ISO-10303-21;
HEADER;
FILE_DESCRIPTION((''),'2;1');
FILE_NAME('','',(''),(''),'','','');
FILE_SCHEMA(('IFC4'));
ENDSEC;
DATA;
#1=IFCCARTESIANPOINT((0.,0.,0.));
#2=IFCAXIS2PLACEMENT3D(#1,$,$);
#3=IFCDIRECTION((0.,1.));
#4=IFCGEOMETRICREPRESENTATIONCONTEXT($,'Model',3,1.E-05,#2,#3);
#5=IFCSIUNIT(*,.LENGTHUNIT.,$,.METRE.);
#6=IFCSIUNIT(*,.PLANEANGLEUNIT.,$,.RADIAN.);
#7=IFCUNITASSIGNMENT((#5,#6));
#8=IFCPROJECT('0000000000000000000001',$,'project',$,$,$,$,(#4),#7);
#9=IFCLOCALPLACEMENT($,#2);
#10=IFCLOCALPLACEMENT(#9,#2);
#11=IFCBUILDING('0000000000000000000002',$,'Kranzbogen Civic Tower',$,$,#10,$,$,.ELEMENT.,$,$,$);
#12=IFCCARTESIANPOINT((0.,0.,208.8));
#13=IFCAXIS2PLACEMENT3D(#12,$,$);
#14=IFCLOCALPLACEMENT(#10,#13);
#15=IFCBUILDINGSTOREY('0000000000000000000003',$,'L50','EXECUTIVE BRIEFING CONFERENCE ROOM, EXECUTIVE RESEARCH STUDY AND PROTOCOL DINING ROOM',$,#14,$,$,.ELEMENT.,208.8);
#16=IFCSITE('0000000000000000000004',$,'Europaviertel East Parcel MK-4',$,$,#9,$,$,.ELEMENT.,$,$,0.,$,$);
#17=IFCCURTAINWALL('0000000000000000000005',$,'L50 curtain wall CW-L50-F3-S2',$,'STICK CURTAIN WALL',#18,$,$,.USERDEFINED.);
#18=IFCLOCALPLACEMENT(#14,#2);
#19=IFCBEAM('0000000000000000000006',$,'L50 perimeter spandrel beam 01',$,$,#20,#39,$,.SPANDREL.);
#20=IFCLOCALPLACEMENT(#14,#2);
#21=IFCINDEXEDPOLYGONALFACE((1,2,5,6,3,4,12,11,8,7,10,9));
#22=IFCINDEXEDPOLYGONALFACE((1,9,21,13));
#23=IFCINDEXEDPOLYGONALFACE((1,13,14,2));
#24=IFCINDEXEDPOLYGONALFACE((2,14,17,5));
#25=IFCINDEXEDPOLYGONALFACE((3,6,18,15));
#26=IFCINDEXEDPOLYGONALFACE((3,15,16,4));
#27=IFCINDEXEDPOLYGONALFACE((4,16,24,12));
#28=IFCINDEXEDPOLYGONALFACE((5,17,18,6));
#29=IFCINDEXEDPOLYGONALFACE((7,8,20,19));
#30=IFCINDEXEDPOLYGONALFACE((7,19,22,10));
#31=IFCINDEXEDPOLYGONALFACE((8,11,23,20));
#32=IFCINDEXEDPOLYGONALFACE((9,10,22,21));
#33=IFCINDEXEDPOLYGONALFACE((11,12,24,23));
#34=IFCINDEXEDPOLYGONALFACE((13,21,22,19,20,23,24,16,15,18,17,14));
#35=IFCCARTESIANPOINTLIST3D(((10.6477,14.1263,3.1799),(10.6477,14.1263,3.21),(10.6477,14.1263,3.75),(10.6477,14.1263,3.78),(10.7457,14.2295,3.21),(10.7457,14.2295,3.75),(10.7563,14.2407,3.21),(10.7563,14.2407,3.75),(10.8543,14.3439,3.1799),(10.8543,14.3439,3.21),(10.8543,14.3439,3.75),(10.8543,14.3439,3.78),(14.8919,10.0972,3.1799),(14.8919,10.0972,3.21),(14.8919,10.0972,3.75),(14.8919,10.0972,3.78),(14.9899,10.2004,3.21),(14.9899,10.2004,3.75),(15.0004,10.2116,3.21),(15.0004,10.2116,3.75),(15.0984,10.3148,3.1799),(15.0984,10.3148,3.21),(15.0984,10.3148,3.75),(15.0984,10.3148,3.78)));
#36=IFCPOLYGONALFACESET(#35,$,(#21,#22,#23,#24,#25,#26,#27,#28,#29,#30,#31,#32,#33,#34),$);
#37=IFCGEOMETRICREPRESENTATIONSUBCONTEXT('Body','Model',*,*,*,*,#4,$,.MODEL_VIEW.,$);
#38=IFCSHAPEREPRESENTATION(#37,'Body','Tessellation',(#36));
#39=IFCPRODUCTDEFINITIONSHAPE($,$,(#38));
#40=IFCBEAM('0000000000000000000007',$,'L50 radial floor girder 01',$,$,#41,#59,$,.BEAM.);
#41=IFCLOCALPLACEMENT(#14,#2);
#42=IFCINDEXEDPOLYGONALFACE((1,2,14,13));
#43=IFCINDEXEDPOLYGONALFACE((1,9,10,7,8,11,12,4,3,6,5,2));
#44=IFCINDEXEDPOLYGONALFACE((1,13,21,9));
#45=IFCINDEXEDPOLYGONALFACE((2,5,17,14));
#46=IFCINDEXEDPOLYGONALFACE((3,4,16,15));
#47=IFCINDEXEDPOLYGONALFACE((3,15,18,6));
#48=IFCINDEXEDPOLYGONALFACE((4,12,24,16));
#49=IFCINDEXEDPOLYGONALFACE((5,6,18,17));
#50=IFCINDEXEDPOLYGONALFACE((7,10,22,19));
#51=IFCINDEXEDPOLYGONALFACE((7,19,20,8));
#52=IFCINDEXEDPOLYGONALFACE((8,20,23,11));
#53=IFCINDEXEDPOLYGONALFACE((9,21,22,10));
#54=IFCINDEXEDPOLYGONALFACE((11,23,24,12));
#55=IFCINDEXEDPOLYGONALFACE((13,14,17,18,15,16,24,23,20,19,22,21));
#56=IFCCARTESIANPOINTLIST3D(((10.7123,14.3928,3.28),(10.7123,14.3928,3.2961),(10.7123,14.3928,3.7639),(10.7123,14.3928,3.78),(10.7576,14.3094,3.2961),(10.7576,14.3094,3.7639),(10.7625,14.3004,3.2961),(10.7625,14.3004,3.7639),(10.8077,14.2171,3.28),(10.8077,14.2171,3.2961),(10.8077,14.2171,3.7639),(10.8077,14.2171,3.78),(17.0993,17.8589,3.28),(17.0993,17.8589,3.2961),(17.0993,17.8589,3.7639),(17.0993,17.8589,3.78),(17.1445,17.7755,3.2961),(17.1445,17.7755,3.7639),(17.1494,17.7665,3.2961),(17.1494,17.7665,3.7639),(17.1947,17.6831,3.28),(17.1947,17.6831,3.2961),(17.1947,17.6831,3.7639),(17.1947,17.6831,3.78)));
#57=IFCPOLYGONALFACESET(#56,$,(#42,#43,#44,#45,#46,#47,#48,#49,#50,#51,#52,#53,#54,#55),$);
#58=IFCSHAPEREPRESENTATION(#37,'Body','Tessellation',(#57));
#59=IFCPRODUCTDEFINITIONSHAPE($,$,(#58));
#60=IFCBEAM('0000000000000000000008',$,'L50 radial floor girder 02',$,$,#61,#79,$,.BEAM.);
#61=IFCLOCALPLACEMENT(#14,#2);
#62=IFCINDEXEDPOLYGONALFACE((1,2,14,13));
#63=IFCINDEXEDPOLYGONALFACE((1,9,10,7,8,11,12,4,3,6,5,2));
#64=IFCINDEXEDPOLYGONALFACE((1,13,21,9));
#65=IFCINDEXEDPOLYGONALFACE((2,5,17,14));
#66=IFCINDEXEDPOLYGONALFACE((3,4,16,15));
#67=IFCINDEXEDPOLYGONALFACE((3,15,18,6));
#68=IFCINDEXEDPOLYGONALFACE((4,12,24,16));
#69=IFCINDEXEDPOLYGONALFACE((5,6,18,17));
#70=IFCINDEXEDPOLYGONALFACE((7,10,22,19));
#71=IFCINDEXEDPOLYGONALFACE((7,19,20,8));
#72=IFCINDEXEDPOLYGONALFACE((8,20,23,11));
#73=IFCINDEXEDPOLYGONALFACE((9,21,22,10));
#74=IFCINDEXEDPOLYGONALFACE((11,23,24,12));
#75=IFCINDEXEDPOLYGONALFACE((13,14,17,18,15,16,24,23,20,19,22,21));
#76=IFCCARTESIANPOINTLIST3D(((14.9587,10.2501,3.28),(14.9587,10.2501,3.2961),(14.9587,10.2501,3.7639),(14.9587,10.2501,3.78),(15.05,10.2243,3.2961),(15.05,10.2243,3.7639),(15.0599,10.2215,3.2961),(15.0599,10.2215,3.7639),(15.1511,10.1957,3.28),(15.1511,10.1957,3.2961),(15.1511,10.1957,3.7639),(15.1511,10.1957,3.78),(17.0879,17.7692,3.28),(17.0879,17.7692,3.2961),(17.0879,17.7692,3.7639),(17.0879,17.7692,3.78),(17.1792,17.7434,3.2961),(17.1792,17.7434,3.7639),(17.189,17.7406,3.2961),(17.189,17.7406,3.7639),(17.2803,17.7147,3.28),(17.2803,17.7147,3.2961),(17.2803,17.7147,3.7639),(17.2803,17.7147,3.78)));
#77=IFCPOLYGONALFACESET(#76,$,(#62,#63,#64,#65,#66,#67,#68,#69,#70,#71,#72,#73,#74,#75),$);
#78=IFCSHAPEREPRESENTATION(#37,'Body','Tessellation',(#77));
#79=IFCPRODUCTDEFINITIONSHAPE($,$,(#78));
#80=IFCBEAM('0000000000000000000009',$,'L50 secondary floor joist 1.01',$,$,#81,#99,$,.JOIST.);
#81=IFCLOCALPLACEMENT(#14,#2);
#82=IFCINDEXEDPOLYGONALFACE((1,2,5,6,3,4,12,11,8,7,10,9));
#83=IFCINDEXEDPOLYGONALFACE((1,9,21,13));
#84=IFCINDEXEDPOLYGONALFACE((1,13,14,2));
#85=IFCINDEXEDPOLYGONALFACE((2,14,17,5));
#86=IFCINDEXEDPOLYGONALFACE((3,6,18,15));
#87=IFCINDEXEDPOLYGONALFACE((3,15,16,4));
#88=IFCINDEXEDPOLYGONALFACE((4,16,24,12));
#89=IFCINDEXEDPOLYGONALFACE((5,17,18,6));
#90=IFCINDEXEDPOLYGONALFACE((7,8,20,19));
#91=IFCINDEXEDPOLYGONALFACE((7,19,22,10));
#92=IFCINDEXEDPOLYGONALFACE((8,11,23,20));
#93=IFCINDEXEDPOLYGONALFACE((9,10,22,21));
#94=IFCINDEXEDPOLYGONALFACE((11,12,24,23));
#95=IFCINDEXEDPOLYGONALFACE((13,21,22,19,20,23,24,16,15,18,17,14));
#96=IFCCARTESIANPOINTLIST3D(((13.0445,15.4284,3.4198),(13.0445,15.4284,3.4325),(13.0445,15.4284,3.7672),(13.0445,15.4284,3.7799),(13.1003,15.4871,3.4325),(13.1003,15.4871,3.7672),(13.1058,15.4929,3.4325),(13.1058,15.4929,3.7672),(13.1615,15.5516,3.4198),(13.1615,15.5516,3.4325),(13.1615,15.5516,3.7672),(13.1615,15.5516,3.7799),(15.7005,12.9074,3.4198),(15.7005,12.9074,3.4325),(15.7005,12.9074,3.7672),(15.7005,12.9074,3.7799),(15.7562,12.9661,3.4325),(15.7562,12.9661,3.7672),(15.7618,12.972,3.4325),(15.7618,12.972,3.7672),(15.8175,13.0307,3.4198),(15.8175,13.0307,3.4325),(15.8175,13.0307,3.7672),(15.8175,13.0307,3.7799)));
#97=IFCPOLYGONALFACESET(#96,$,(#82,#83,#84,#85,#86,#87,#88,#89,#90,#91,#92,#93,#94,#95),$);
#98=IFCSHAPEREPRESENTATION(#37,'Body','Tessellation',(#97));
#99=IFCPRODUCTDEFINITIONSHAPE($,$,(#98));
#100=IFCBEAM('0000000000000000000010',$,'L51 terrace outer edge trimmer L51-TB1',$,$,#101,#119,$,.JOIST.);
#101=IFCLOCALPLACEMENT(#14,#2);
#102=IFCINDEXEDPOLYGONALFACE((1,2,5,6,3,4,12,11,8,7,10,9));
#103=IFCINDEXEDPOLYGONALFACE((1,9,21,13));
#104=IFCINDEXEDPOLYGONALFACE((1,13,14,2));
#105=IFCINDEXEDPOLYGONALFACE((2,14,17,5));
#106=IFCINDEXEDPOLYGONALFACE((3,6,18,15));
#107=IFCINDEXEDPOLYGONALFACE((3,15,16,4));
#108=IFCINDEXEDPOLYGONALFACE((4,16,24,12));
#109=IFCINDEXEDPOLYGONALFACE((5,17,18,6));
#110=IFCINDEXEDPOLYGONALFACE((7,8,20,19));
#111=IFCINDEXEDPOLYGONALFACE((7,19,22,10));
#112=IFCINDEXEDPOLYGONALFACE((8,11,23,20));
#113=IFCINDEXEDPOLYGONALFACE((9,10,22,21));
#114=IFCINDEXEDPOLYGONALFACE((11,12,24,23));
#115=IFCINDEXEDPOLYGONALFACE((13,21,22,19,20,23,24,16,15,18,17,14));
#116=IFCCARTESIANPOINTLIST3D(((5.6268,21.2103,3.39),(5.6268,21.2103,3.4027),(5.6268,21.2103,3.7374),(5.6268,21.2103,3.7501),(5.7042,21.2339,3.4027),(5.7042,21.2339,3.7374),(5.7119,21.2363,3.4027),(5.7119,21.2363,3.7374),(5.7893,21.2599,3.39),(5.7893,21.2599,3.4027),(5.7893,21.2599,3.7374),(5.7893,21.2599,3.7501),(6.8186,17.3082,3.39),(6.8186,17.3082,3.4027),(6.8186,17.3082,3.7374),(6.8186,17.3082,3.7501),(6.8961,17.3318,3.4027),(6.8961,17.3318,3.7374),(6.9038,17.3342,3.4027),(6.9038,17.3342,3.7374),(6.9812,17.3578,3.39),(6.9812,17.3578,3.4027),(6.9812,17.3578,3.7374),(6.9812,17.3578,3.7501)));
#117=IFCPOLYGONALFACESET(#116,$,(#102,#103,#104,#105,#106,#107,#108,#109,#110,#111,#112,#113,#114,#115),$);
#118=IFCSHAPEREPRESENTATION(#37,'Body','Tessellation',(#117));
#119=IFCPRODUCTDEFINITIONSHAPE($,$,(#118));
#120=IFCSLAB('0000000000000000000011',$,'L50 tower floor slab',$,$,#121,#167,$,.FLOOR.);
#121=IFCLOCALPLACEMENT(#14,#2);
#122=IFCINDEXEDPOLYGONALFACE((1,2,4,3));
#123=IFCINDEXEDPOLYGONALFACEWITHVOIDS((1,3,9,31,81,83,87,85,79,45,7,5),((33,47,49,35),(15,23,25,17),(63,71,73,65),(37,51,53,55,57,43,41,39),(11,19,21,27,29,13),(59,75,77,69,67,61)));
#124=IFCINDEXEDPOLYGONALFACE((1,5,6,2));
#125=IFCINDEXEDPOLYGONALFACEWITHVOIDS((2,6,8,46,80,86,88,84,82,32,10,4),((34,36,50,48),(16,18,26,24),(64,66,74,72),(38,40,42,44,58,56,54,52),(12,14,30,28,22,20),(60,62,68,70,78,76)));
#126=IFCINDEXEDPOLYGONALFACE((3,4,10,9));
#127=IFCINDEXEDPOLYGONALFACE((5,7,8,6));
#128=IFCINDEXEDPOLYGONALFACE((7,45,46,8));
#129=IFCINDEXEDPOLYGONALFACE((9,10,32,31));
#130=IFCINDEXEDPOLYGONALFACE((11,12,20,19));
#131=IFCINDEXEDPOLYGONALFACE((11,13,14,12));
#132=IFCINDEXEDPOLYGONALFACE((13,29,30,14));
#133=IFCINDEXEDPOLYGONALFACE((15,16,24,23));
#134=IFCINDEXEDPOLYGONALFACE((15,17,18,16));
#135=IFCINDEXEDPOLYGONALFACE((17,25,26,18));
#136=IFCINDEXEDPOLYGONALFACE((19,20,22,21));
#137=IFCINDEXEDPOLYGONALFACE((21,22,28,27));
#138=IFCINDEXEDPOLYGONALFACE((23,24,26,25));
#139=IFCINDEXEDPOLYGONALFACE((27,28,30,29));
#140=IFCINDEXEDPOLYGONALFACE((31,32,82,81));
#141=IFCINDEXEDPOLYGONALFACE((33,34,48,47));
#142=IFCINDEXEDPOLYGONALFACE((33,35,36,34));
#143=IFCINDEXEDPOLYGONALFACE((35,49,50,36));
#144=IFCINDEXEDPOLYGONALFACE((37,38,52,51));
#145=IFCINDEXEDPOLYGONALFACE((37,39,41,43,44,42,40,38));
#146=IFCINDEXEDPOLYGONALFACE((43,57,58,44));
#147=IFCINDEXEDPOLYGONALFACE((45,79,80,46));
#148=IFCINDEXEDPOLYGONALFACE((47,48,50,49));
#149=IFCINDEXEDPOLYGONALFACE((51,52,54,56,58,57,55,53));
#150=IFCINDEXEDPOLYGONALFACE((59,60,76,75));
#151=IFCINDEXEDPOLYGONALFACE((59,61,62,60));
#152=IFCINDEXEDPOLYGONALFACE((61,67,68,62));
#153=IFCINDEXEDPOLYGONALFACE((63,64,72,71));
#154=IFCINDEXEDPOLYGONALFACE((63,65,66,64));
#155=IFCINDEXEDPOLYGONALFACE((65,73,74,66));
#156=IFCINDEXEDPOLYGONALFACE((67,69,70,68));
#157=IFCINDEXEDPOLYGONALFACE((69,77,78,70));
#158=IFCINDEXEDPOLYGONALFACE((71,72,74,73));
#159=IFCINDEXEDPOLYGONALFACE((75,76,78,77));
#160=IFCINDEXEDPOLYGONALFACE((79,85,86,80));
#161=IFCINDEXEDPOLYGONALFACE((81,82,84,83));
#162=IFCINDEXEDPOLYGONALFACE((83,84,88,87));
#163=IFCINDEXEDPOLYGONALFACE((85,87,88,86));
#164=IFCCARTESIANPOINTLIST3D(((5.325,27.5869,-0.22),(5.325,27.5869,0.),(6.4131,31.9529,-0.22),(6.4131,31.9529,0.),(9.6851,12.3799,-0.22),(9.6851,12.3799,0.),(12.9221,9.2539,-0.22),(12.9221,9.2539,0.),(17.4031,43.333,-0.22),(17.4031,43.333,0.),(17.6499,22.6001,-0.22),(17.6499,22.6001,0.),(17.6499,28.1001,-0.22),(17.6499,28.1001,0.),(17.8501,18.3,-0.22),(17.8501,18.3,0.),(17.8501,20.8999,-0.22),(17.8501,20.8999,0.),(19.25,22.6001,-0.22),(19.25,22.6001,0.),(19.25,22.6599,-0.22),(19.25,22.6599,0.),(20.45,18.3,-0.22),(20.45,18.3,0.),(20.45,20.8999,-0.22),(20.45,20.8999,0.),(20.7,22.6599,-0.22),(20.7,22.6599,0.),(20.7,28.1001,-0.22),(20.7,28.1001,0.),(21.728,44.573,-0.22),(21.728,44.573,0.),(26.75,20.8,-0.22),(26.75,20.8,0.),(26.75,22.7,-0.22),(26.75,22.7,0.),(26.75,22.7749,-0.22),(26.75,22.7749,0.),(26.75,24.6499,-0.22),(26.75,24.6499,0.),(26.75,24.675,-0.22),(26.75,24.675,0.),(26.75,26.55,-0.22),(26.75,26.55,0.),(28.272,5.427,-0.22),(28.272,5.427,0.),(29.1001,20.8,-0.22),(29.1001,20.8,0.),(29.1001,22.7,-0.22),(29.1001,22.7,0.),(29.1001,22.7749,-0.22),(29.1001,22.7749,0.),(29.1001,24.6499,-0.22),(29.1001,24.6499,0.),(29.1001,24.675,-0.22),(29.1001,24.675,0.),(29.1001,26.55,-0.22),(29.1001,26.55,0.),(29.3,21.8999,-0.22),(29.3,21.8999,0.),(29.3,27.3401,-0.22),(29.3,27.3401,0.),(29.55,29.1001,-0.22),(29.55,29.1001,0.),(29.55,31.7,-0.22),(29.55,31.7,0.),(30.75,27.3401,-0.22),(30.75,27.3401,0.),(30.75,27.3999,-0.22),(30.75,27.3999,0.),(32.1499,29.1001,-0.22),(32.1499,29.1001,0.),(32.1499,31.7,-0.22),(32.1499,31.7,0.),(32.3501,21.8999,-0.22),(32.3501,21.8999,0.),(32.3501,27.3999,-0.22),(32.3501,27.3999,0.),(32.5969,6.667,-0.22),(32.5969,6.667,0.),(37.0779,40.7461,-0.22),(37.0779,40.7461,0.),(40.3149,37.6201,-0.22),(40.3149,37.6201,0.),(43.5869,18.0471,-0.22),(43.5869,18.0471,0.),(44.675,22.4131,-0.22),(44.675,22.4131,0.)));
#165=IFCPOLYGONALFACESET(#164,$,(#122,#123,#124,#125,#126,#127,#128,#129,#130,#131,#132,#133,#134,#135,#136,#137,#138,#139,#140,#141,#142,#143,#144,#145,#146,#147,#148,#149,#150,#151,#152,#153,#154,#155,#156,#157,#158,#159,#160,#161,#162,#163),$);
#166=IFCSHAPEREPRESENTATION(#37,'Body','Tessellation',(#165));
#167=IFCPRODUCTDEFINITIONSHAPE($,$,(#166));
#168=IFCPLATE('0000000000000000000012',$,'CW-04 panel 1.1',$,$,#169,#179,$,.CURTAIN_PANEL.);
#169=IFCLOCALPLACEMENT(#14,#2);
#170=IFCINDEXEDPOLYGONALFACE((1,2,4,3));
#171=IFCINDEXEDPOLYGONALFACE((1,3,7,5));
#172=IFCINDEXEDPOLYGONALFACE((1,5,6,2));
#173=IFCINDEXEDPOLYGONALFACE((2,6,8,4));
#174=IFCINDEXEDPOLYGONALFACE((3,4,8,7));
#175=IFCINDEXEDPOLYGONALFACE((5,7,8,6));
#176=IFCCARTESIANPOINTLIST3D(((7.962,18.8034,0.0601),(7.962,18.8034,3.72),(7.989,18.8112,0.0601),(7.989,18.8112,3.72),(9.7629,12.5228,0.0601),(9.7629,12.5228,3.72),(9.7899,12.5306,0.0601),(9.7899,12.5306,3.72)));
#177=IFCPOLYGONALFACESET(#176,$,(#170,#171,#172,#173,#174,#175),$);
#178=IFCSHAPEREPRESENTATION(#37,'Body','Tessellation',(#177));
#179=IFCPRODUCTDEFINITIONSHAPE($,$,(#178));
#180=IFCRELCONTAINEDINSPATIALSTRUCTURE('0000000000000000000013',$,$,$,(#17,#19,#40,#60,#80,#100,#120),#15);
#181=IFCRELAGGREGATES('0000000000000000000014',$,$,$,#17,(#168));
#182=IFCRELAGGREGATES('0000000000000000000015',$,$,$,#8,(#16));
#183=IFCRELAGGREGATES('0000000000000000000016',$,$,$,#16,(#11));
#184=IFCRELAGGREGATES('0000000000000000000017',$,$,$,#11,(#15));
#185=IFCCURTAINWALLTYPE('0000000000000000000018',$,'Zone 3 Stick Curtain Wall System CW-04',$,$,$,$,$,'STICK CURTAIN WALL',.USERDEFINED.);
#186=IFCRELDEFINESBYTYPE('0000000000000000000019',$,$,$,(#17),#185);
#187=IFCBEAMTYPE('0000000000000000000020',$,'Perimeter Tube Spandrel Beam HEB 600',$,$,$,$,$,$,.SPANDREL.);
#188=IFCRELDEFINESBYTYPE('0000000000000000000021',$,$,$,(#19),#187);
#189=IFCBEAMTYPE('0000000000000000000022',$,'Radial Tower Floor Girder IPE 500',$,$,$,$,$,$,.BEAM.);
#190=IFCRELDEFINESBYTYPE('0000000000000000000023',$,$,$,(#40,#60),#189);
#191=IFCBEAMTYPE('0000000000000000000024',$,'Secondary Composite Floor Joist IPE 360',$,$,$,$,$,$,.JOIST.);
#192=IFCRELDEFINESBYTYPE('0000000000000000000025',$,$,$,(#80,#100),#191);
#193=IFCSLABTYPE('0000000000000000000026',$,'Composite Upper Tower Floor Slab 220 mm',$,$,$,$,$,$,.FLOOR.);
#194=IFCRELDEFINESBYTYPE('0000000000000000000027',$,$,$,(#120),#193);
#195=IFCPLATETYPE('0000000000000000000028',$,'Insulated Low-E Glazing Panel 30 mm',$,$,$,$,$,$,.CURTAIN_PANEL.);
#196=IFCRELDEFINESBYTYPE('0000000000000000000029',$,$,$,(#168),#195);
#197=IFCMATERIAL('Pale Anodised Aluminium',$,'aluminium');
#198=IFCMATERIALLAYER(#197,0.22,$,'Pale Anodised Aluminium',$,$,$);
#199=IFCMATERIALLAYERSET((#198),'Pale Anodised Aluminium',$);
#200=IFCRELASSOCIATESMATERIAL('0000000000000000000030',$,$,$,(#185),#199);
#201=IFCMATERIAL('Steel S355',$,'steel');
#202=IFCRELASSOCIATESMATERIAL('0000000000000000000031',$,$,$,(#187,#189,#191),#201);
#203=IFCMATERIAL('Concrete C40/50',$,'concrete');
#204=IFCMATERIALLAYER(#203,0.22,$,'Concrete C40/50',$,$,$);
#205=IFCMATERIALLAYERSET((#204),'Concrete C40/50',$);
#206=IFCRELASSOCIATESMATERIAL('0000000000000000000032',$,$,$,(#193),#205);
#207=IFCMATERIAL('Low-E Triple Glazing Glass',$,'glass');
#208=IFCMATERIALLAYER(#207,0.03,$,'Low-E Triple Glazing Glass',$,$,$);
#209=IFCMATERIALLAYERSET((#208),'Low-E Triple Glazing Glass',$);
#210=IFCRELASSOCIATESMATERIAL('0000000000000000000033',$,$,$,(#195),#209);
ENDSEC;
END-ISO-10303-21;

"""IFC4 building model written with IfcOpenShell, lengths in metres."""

from ifc_helpers import new_model, si_unit, direction, frame, origin, origin_2d, place, context, subcontext, project, spatial, polyline, rectangle, i_section, outline, extrude, material, layer, layer_set, material_profile, profile_set, type_object, element, aggregate, save


model = new_model("IFC4")

# Units and contexts
model_context = context("Model", 3, precision=1e-05, world=origin(), true_north=direction((0.0, 1.0)))
body_context = subcontext(model_context, "Body", "Model", "MODEL_VIEW")
ifc_project = project(units=[si_unit("LENGTHUNIT", "METRE"), si_unit("PLANEANGLEUNIT", "RADIAN")], contexts=[model_context])

# Site, building, storey
site_placement = place(None, origin())
site = spatial("IfcSite", under=ifc_project, at=site_placement, Name="Europaviertel East Parcel MK-4", CompositionType="ELEMENT", RefElevation=0.0)
building_placement = place(site_placement, origin())
building = spatial("IfcBuilding", under=site, at=building_placement, Name="Kranzbogen Civic Tower", CompositionType="ELEMENT")
storey_placement = place(building_placement, frame((0.0, 0.0, 208.8)))
storey = spatial("IfcBuildingStorey", under=building, at=storey_placement, Name="L50", Description="EXECUTIVE BRIEFING CONFERENCE ROOM, EXECUTIVE RESEARCH STUDY AND PROTOCOL DINING ROOM", CompositionType="ELEMENT", Elevation=208.8)

# Shared definitions
ifc_material_1 = material(Name="Steel S355", Category="steel")

# Shared definitions
ifc_material_2 = material(Name="Pale Anodised Aluminium", Category="aluminium")
ifc_layer_1 = layer(ifc_material_2, 0.22, Name="Pale Anodised Aluminium")
ifc_layer_set_1 = layer_set([ifc_layer_1], Name="Pale Anodised Aluminium")
curtain_wall_type = type_object("IfcCurtainWallType", Name="Zone 3 Stick Curtain Wall System CW-04", ElementType="STICK CURTAIN WALL", PredefinedType="USERDEFINED", material=ifc_layer_set_1)

# Curtain wall
curtain_wall_1_placement = place(storey_placement, origin())
curtain_wall_1 = element("IfcCurtainWall", 1, at=curtain_wall_1_placement, inside=storey, type_object=curtain_wall_type, Name="L50 curtain wall CW-L50-F3-S2", ObjectType="STICK CURTAIN WALL", PredefinedType="USERDEFINED")

# Beams
ifc_material_profile_1 = material_profile(ifc_material_1, i_section(OverallWidth=0.3, OverallDepth=0.6001, WebThickness=0.0154, FlangeThickness=0.03, at=origin_2d()), Name="HEB 600")
ifc_profile_set_1 = profile_set([ifc_material_profile_1], Name="Steel S355")
beam_type_1 = type_object("IfcBeamType", Name="Perimeter Tube Spandrel Beam HEB 600", PredefinedType="SPANDREL", material=ifc_profile_set_1)
beam_1_placement = place(storey_placement, frame((10.751, 14.2351, 3.48), z_axis=(0.725245, -0.688491, 0.0), x_axis=(0.688491, 0.725245, 0.0)))
element("IfcBeam", 2, at=beam_1_placement, inside=storey, type_object=beam_type_1, Name="L50 perimeter spandrel beam 01", PredefinedType="SPANDREL", context=body_context, shape_type="SweptSolid", body=[
    extrude(i_section(OverallWidth=0.3, OverallDepth=0.6001, WebThickness=0.0154, FlangeThickness=0.03, at=origin_2d()), origin(), (0.0, 0.0, 1.0), 5.8521),
])
ifc_material_profile_2 = material_profile(ifc_material_1, i_section(OverallWidth=0.2, OverallDepth=0.5, WebThickness=0.0103, FlangeThickness=0.0161, at=origin_2d()), Name="IPE 500")
ifc_profile_set_2 = profile_set([ifc_material_profile_2], Name="Steel S355")
beam_type_2 = type_object("IfcBeamType", Name="Radial Tower Floor Girder IPE 500", PredefinedType="BEAM", material=ifc_profile_set_2)
beam_2_placement = place(storey_placement, frame((10.76, 14.3049, 3.53), z_axis=(0.878919, 0.47697, 0.0), x_axis=(-0.47697, 0.878919, 0.0)))
element("IfcBeam", 3, at=beam_2_placement, inside=storey, type_object=beam_type_2, Name="L50 radial floor girder 01", PredefinedType="BEAM", context=body_context, shape_type="SweptSolid", body=[
    extrude(i_section(OverallWidth=0.2, OverallDepth=0.5, WebThickness=0.0103, FlangeThickness=0.0161, at=origin_2d()), origin(), (0.0, 0.0, 1.0), 7.2668),
])
beam_3_placement = place(storey_placement, frame((15.0549, 10.2229, 3.53), z_axis=(0.272455, 0.962169, 0.0), x_axis=(-0.962169, 0.272455, 0.0)))
element("IfcBeam", 4, at=beam_3_placement, inside=storey, type_object=beam_type_2, Name="L50 radial floor girder 02", PredefinedType="BEAM", context=body_context, shape_type="SweptSolid", body=[
    extrude(i_section(OverallWidth=0.2, OverallDepth=0.5, WebThickness=0.0103, FlangeThickness=0.0161, at=origin_2d()), origin(), (0.0, 0.0, 1.0), 7.8147),
])
ifc_material_profile_3 = material_profile(ifc_material_1, i_section(OverallWidth=0.1699, OverallDepth=0.3601, WebThickness=0.0081, FlangeThickness=0.0127, at=origin_2d()), Name="IPE 360")
ifc_profile_set_3 = profile_set([ifc_material_profile_3], Name="Steel S355")
beam_type_3 = type_object("IfcBeamType", Name="Secondary Composite Floor Joist IPE 360", PredefinedType="JOIST", material=ifc_profile_set_3)
beam_4_placement = place(storey_placement, frame((13.103, 15.49, 3.5999), z_axis=(0.725301, -0.688432, 0.0), x_axis=(0.688432, 0.725301, 0.0)))
element("IfcBeam", 5, at=beam_4_placement, inside=storey, type_object=beam_type_3, Name="L50 secondary floor joist 1.01", PredefinedType="JOIST", context=body_context, shape_type="SweptSolid", body=[
    extrude(i_section(OverallWidth=0.1699, OverallDepth=0.3601, WebThickness=0.0081, FlangeThickness=0.0127, at=origin_2d()), origin(), (0.0, 0.0, 1.0), 3.6619),
])
beam_5_placement = place(storey_placement, frame((5.708, 21.2351, 3.5701), z_axis=(0.292126, -0.95638, 0.0), x_axis=(0.95638, 0.292126, 0.0)))
element("IfcBeam", 6, at=beam_5_placement, inside=storey, type_object=beam_type_3, Name="L51 terrace outer edge trimmer L51-TB1", PredefinedType="JOIST", context=body_context, shape_type="SweptSolid", body=[
    extrude(i_section(OverallWidth=0.1699, OverallDepth=0.3601, WebThickness=0.0081, FlangeThickness=0.0127, at=origin_2d()), origin(), (0.0, 0.0, 1.0), 4.0801),
])

# Slab
ifc_material_3 = material(Name="Concrete C40/50", Category="concrete")
ifc_layer_2 = layer(ifc_material_3, 0.22, Name="Concrete C40/50")
ifc_layer_set_2 = layer_set([ifc_layer_2], Name="Concrete C40/50")
slab_type_1 = type_object("IfcSlabType", Name="Composite Upper Tower Floor Slab 220 mm", PredefinedType="FLOOR", material=ifc_layer_set_2)
slab_1_placement = place(storey_placement, frame((0.0, 0.0, -0.22)))
element("IfcSlab", 7, at=slab_1_placement, inside=storey, type_object=slab_type_1, Name="L50 tower floor slab", PredefinedType="FLOOR", context=body_context, shape_type="SweptSolid", body=[
    extrude(outline(polyline([(37.0779, 40.7461), (21.728, 44.573), (17.4031, 43.333), (6.4131, 31.9529), (5.325, 27.5869), (9.6851, 12.3799), (12.9221, 9.2539), (28.272, 5.427), (32.5969, 6.667), (43.5869, 18.0471), (44.675, 22.4131), (40.3149, 37.6201), (37.0779, 40.7461)]), holes=[polyline([(17.8501, 20.8999), (20.45, 20.8999), (20.45, 18.3), (17.8501, 18.3), (17.8501, 20.8999)]), polyline([(29.1001, 22.7), (29.1001, 20.8), (26.75, 20.8), (26.75, 22.7), (29.1001, 22.7)]), polyline([(29.1001, 24.6499), (29.1001, 22.7749), (26.75, 22.7749), (26.75, 24.6499), (26.75, 24.675), (26.75, 26.55), (29.1001, 26.55), (29.1001, 24.675), (29.1001, 24.6499)]), polyline([(29.3, 27.3401), (30.75, 27.3401), (30.75, 27.3999), (32.3501, 27.3999), (32.3501, 21.8999), (29.3, 21.8999), (29.3, 27.3401)]), polyline([(20.7, 22.6599), (19.25, 22.6599), (19.25, 22.6001), (17.6499, 22.6001), (17.6499, 28.1001), (20.7, 28.1001), (20.7, 22.6599)]), polyline([(32.1499, 31.7), (32.1499, 29.1001), (29.55, 29.1001), (29.55, 31.7), (32.1499, 31.7)])]), origin(), (0.0, 0.0, 1.0), 0.22),
])

# Plate
ifc_material_4 = material(Name="Low-E Triple Glazing Glass", Category="glass")
ifc_layer_3 = layer(ifc_material_4, 0.03, Name="Low-E Triple Glazing Glass")
ifc_layer_set_3 = layer_set([ifc_layer_3], Name="Low-E Triple Glazing Glass")
plate_type = type_object("IfcPlateType", Name="Insulated Low-E Glazing Panel 30 mm", PredefinedType="CURTAIN_PANEL", material=ifc_layer_set_3)
plate_placement = place(storey_placement, frame((8.876, 15.667, 0.0601), z_axis=(0.0, 0.0, 1.0), x_axis=(0.275634, -0.961263, 0.0)))
plate = element("IfcPlate", 8, at=plate_placement, type_object=plate_type, Name="CW-04 panel 1.1", PredefinedType="CURTAIN_PANEL", context=body_context, shape_type="SweptSolid", body=[
    extrude(rectangle(XDim=6.5337, YDim=0.0281, at=origin_2d()), origin(), (0.0, 0.0, 1.0), 3.6599),
])
aggregate(curtain_wall_1, [plate])

save(model, "model.ifc")
